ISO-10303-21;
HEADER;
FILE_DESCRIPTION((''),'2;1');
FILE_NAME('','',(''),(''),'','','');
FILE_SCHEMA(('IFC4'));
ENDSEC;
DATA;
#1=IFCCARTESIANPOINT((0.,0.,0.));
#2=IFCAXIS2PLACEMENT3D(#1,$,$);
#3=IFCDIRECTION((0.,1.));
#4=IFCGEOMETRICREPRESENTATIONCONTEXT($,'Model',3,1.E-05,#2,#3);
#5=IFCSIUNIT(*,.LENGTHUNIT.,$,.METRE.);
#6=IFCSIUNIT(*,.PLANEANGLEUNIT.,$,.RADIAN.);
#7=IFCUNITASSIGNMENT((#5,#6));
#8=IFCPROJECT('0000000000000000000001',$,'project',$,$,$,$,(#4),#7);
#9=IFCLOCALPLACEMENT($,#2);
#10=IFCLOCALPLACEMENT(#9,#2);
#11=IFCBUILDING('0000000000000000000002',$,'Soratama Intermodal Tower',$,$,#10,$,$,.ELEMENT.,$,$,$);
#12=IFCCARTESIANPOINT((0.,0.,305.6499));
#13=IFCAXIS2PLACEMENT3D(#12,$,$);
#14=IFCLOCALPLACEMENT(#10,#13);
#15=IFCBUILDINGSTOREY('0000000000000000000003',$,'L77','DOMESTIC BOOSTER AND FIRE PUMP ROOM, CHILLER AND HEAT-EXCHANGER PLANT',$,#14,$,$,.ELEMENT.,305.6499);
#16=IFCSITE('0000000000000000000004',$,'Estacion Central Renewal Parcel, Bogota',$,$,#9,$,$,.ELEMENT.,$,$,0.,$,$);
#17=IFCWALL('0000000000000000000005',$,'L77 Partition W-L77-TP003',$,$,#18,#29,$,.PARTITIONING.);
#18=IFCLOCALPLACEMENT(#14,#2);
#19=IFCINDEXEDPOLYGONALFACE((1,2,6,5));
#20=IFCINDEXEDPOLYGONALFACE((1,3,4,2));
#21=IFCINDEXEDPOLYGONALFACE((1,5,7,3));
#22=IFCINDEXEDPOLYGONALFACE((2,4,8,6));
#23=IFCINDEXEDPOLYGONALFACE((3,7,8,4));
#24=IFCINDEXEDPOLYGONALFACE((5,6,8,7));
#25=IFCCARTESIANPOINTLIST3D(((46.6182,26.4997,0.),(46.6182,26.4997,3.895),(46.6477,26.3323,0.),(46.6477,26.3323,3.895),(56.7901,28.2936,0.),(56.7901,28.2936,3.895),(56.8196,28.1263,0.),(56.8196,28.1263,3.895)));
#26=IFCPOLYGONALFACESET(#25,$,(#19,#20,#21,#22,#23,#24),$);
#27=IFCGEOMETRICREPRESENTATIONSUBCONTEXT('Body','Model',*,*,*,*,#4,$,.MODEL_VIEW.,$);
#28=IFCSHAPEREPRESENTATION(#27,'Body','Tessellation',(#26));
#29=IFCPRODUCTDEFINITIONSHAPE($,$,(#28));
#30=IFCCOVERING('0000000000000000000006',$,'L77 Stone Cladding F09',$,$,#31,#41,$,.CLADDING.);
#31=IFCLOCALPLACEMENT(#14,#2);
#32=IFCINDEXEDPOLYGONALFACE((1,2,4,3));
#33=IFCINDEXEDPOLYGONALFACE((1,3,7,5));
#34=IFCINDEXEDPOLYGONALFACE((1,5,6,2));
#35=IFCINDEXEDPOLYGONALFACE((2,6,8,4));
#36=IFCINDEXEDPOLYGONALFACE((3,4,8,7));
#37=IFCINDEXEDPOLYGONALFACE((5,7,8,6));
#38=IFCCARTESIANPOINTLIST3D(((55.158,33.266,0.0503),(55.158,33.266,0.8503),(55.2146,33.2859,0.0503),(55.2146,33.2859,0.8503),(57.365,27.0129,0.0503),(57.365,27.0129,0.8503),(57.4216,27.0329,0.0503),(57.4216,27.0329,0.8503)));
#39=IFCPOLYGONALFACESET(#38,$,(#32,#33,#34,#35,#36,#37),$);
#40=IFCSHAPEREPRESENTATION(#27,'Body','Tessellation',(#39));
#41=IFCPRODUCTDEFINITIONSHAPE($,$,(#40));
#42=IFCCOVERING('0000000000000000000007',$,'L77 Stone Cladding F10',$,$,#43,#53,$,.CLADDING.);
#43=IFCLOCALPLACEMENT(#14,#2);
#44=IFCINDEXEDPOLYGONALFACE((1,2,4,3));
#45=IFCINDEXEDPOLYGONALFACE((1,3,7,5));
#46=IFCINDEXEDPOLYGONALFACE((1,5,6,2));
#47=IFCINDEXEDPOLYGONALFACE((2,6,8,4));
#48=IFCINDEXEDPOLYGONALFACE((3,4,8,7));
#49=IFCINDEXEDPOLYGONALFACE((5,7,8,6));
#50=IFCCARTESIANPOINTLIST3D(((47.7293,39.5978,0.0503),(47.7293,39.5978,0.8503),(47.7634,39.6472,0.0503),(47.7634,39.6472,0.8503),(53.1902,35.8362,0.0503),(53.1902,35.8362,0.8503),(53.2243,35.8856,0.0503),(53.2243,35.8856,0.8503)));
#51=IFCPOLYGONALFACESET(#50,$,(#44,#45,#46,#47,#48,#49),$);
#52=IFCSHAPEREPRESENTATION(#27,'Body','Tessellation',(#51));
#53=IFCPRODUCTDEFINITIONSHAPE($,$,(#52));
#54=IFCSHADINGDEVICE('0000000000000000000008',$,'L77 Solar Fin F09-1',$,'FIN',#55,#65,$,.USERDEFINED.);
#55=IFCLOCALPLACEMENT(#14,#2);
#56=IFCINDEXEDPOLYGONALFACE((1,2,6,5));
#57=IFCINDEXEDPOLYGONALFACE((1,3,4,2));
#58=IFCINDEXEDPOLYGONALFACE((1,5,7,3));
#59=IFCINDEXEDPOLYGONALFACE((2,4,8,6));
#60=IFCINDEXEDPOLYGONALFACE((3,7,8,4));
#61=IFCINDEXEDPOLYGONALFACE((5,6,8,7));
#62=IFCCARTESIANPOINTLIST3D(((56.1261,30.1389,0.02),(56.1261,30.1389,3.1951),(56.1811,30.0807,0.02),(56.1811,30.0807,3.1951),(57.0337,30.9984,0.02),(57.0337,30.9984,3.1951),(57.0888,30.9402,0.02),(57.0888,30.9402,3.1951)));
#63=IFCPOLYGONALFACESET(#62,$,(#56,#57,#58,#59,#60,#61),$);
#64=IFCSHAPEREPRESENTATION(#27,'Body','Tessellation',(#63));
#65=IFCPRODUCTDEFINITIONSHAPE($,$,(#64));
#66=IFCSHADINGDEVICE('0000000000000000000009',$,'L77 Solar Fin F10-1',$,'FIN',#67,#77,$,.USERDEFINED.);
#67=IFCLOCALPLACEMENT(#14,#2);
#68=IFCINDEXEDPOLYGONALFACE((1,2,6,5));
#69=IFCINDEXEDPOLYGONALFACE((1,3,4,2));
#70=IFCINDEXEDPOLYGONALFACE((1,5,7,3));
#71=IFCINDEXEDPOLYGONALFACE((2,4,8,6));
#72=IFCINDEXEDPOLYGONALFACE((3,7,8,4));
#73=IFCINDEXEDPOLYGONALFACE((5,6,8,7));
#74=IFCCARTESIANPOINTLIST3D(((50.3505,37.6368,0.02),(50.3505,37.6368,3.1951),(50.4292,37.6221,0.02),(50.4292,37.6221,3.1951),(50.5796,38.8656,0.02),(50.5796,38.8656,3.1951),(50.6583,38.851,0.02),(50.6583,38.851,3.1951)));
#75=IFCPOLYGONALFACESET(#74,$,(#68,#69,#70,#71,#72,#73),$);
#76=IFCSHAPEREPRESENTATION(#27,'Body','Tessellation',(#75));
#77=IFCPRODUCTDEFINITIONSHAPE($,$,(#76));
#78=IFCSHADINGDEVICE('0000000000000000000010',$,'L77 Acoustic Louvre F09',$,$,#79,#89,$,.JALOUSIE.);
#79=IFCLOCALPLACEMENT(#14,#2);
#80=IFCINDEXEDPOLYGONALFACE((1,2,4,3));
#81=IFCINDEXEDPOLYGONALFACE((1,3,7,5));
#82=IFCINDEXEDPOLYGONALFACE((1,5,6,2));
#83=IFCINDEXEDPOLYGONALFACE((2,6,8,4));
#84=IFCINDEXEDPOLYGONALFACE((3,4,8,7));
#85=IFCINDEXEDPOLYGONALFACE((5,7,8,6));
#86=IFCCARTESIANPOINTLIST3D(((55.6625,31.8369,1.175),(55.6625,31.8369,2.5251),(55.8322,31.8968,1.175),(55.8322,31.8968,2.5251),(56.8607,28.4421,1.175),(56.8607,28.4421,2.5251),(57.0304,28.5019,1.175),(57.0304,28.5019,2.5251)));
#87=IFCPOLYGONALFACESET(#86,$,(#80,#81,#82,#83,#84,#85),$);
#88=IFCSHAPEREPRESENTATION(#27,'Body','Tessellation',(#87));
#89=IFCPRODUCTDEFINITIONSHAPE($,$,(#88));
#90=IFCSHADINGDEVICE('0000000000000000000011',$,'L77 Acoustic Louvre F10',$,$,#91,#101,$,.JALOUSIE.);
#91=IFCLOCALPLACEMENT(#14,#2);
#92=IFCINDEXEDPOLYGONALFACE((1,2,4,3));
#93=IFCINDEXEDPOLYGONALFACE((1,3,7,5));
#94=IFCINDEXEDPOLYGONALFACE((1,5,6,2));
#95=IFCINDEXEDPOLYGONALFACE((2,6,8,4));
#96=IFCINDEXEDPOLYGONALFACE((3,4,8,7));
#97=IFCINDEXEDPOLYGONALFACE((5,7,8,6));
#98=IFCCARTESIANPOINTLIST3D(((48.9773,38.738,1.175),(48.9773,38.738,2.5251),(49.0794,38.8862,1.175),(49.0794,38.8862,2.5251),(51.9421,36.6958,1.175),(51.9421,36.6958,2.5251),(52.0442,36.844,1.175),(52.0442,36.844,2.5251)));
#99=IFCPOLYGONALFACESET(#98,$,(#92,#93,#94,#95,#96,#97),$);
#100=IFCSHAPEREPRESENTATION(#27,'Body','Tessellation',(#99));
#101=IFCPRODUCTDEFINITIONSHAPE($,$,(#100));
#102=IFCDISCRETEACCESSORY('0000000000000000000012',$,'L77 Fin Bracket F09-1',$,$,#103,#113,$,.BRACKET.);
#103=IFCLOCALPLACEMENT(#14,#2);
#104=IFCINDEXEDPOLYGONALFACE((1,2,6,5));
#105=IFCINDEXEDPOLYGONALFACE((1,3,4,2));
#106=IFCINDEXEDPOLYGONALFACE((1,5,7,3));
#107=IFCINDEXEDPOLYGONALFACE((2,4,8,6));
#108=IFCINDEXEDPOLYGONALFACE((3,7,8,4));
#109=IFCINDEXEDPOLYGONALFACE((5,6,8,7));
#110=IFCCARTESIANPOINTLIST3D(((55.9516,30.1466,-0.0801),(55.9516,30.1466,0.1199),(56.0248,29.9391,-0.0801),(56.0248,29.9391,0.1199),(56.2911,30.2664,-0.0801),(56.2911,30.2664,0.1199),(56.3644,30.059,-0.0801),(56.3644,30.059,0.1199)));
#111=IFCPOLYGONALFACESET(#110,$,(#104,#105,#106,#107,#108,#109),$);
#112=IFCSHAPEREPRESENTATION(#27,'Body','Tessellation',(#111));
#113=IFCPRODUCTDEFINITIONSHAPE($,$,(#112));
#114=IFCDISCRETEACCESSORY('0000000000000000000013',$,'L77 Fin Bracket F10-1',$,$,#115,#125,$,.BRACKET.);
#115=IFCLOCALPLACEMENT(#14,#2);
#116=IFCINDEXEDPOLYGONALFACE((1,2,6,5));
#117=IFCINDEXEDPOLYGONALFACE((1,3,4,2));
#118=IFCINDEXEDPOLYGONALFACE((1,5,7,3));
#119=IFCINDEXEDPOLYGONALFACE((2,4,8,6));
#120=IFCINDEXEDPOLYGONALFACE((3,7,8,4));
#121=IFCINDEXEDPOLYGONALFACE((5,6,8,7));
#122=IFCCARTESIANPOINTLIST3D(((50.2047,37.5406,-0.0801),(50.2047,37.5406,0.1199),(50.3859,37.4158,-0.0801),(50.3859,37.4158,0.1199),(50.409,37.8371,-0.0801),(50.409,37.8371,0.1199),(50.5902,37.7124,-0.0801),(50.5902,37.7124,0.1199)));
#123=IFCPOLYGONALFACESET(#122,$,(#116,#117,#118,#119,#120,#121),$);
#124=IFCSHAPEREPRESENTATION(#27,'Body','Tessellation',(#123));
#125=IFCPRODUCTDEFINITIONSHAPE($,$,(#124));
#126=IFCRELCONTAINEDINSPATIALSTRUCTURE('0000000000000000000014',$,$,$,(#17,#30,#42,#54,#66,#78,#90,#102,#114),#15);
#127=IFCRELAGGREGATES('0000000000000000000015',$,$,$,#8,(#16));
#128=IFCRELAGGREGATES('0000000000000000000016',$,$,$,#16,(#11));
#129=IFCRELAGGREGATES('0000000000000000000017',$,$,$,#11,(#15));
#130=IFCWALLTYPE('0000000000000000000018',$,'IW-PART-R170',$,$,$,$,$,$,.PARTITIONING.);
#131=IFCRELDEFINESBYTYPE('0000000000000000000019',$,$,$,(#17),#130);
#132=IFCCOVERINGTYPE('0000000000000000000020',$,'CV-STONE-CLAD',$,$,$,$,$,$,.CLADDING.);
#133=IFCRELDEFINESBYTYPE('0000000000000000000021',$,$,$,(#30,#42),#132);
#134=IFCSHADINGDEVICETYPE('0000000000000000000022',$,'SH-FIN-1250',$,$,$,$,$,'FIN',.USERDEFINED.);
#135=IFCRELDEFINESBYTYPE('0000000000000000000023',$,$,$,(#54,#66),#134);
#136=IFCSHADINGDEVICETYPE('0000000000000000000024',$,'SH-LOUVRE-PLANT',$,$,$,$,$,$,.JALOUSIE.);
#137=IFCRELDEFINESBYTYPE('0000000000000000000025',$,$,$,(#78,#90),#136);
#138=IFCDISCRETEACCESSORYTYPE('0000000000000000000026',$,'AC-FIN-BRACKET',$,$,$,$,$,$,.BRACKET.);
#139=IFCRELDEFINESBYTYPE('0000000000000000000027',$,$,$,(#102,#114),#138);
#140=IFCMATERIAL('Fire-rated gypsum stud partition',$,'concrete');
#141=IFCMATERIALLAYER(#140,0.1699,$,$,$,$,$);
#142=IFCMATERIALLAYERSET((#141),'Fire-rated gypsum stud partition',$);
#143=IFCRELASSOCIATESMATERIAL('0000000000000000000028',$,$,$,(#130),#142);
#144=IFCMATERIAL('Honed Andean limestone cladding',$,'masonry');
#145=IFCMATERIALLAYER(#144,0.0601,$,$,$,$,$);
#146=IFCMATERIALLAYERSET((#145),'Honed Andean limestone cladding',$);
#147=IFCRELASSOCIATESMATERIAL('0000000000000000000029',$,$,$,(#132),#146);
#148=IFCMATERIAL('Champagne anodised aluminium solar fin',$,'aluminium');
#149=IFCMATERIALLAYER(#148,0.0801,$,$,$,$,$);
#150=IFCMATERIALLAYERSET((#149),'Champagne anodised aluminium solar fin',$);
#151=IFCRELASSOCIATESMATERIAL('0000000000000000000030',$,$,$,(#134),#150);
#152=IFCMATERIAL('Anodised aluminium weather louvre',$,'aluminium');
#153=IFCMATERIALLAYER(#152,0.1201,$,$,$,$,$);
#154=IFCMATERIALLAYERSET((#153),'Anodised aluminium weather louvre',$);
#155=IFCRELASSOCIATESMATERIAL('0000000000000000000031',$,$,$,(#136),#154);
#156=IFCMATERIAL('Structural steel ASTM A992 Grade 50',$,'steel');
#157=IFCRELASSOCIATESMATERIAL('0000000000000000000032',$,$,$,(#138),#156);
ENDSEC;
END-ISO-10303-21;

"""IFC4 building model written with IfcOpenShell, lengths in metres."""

from ifc_helpers import new_model, si_unit, direction, frame, frame_2d, origin, origin_2d, place, context, subcontext, project, spatial, rectangle, extrude, material, layer, layer_set, type_object, element, save


model = new_model("IFC4")

# Units and contexts
model_context = context("Model", 3, precision=1e-05, world=origin(), true_north=direction((0.0, 1.0)))
body_context = subcontext(model_context, "Body", "Model", "MODEL_VIEW")
ifc_project = project(units=[si_unit("LENGTHUNIT", "METRE"), si_unit("PLANEANGLEUNIT", "RADIAN")], contexts=[model_context])

# Site, building, storey
site_placement = place(None, origin())
site = spatial("IfcSite", under=ifc_project, at=site_placement, Name="Estacion Central Renewal Parcel, Bogota", CompositionType="ELEMENT", RefElevation=0.0)
building_placement = place(site_placement, origin())
building = spatial("IfcBuilding", under=site, at=building_placement, Name="Soratama Intermodal Tower", CompositionType="ELEMENT")
storey_placement = place(building_placement, frame((0.0, 0.0, 305.6499)))
storey = spatial("IfcBuildingStorey", under=building, at=storey_placement, Name="L77", Description="DOMESTIC BOOSTER AND FIRE PUMP ROOM, CHILLER AND HEAT-EXCHANGER PLANT", CompositionType="ELEMENT", Elevation=305.6499)

# Wall
ifc_material_1 = material(Name="Fire-rated gypsum stud partition", Category="concrete")
ifc_layer_1 = layer(ifc_material_1, 0.1699)
ifc_layer_set_1 = layer_set([ifc_layer_1], Name="Fire-rated gypsum stud partition")
wall_type_1 = type_object("IfcWallType", Name="IW-PART-R170", PredefinedType="PARTITIONING", material=ifc_layer_set_1)
wall_1_placement = place(storey_placement, frame((56.8049, 28.21, 0.0), z_axis=(0.0, 0.0, 1.0), x_axis=(-0.984802, -0.173683, 0.0)))
element("IfcWall", 1, at=wall_1_placement, inside=storey, type_object=wall_type_1, Name="L77 Partition W-L77-TP003", PredefinedType="PARTITIONING", context=body_context, shape_type="SweptSolid", body=[
    extrude(rectangle(XDim=10.3289, YDim=0.1699, at=frame_2d((5.1646, 0.0))), origin(), (0.0, 0.0, 1.0), 3.895),
])

# Coverings
ifc_material_2 = material(Name="Honed Andean limestone cladding", Category="masonry")
ifc_layer_2 = layer(ifc_material_2, 0.0601)
ifc_layer_set_2 = layer_set([ifc_layer_2], Name="Honed Andean limestone cladding")
covering_type = type_object("IfcCoveringType", Name="CV-STONE-CLAD", PredefinedType="CLADDING", material=ifc_layer_set_2)
for number, where, z_axis, x_axis, name in (
    (2, (56.2898, 30.1494, 0.0503), (0.0, 0.0, 1.0), (-0.33282, 0.942991, 0.0), "L77 Stone Cladding F09"),
    (3, (50.4768, 37.7417, 0.0503), (0.0, 0.0, 1.0), (-0.823533, 0.567269, 0.0), "L77 Stone Cladding F10"),
):
    element("IfcCovering", number, at=place(storey_placement, frame(where, z_axis=z_axis, x_axis=x_axis)), inside=storey, type_object=covering_type, Name=name, PredefinedType="CLADDING", context=body_context, shape_type="SweptSolid", body=[
        extrude(rectangle(XDim=6.6311, YDim=0.0601, at=origin_2d()), origin(), (0.0, 0.0, 1.0), 0.8),
    ])

# Shading devices
ifc_material_3 = material(Name="Champagne anodised aluminium solar fin", Category="aluminium")
ifc_layer_3 = layer(ifc_material_3, 0.0801)
ifc_layer_set_3 = layer_set([ifc_layer_3], Name="Champagne anodised aluminium solar fin")
shading_device_type_1 = type_object("IfcShadingDeviceType", Name="SH-FIN-1250", ElementType="FIN", PredefinedType="USERDEFINED", material=ifc_layer_set_3)
for number, where, z_axis, x_axis, name in (
    (4, (56.6074, 30.5396, 0.02), (0.0, 0.0, 1.0), (0.726095, 0.687595, 0.0), "L77 Solar Fin F09-1"),
    (5, (50.5044, 38.2439, 0.02), (0.0, 0.0, 1.0), (0.183265, 0.983064, 0.0), "L77 Solar Fin F10-1"),
):
    element("IfcShadingDevice", number, at=place(storey_placement, frame(where, z_axis=z_axis, x_axis=x_axis)), inside=storey, type_object=shading_device_type_1, Name=name, ObjectType="FIN", PredefinedType="USERDEFINED", context=body_context, shape_type="SweptSolid", body=[
        extrude(rectangle(XDim=1.25, YDim=0.0801, at=origin_2d()), origin(), (0.0, 0.0, 1.0), 3.175),
    ])
ifc_material_4 = material(Name="Anodised aluminium weather louvre", Category="aluminium")
ifc_layer_4 = layer(ifc_material_4, 0.1201)
ifc_layer_set_4 = layer_set([ifc_layer_4], Name="Anodised aluminium weather louvre")
shading_device_type_2 = type_object("IfcShadingDeviceType", Name="SH-LOUVRE-PLANT", PredefinedType="JALOUSIE", material=ifc_layer_set_4)
for number, where, z_axis, x_axis, name in (
    (6, (56.3464, 30.1694, 1.175), (0.0, 0.0, 1.0), (-0.33282, 0.942991, 0.0), "L77 Acoustic Louvre F09"),
    (7, (50.5107, 37.791, 1.175), (0.0, 0.0, 1.0), (-0.823533, 0.567269, 0.0), "L77 Acoustic Louvre F10"),
):
    element("IfcShadingDevice", number, at=place(storey_placement, frame(where, z_axis=z_axis, x_axis=x_axis)), inside=storey, type_object=shading_device_type_2, Name=name, PredefinedType="JALOUSIE", context=body_context, shape_type="SweptSolid", body=[
        extrude(rectangle(XDim=3.6001, YDim=0.1799, at=origin_2d()), origin(), (0.0, 0.0, 1.0), 1.3501),
    ])

# Discrete accessories
ifc_material_5 = material(Name="Structural steel ASTM A992 Grade 50", Category="steel")
discrete_accessory_type = type_object("IfcDiscreteAccessoryType", Name="AC-FIN-BRACKET", PredefinedType="BRACKET", material=ifc_material_5)
for number, where, z_axis, x_axis, name in (
    (8, (56.158, 30.1028, -0.0801), (0.0, 0.0, 1.0), (0.942991, 0.33282, 0.0), "L77 Fin Bracket F09-1"),
    (9, (50.3975, 37.6265, -0.0801), (0.0, 0.0, 1.0), (0.567269, 0.823533, 0.0), "L77 Fin Bracket F10-1"),
):
    element("IfcDiscreteAccessory", number, at=place(storey_placement, frame(where, z_axis=z_axis, x_axis=x_axis)), inside=storey, type_object=discrete_accessory_type, Name=name, PredefinedType="BRACKET", context=body_context, shape_type="SweptSolid", body=[
        extrude(rectangle(XDim=0.3601, YDim=0.22, at=origin_2d()), origin(), (0.0, 0.0, 1.0), 0.2),
    ])

save(model, "model.ifc")
